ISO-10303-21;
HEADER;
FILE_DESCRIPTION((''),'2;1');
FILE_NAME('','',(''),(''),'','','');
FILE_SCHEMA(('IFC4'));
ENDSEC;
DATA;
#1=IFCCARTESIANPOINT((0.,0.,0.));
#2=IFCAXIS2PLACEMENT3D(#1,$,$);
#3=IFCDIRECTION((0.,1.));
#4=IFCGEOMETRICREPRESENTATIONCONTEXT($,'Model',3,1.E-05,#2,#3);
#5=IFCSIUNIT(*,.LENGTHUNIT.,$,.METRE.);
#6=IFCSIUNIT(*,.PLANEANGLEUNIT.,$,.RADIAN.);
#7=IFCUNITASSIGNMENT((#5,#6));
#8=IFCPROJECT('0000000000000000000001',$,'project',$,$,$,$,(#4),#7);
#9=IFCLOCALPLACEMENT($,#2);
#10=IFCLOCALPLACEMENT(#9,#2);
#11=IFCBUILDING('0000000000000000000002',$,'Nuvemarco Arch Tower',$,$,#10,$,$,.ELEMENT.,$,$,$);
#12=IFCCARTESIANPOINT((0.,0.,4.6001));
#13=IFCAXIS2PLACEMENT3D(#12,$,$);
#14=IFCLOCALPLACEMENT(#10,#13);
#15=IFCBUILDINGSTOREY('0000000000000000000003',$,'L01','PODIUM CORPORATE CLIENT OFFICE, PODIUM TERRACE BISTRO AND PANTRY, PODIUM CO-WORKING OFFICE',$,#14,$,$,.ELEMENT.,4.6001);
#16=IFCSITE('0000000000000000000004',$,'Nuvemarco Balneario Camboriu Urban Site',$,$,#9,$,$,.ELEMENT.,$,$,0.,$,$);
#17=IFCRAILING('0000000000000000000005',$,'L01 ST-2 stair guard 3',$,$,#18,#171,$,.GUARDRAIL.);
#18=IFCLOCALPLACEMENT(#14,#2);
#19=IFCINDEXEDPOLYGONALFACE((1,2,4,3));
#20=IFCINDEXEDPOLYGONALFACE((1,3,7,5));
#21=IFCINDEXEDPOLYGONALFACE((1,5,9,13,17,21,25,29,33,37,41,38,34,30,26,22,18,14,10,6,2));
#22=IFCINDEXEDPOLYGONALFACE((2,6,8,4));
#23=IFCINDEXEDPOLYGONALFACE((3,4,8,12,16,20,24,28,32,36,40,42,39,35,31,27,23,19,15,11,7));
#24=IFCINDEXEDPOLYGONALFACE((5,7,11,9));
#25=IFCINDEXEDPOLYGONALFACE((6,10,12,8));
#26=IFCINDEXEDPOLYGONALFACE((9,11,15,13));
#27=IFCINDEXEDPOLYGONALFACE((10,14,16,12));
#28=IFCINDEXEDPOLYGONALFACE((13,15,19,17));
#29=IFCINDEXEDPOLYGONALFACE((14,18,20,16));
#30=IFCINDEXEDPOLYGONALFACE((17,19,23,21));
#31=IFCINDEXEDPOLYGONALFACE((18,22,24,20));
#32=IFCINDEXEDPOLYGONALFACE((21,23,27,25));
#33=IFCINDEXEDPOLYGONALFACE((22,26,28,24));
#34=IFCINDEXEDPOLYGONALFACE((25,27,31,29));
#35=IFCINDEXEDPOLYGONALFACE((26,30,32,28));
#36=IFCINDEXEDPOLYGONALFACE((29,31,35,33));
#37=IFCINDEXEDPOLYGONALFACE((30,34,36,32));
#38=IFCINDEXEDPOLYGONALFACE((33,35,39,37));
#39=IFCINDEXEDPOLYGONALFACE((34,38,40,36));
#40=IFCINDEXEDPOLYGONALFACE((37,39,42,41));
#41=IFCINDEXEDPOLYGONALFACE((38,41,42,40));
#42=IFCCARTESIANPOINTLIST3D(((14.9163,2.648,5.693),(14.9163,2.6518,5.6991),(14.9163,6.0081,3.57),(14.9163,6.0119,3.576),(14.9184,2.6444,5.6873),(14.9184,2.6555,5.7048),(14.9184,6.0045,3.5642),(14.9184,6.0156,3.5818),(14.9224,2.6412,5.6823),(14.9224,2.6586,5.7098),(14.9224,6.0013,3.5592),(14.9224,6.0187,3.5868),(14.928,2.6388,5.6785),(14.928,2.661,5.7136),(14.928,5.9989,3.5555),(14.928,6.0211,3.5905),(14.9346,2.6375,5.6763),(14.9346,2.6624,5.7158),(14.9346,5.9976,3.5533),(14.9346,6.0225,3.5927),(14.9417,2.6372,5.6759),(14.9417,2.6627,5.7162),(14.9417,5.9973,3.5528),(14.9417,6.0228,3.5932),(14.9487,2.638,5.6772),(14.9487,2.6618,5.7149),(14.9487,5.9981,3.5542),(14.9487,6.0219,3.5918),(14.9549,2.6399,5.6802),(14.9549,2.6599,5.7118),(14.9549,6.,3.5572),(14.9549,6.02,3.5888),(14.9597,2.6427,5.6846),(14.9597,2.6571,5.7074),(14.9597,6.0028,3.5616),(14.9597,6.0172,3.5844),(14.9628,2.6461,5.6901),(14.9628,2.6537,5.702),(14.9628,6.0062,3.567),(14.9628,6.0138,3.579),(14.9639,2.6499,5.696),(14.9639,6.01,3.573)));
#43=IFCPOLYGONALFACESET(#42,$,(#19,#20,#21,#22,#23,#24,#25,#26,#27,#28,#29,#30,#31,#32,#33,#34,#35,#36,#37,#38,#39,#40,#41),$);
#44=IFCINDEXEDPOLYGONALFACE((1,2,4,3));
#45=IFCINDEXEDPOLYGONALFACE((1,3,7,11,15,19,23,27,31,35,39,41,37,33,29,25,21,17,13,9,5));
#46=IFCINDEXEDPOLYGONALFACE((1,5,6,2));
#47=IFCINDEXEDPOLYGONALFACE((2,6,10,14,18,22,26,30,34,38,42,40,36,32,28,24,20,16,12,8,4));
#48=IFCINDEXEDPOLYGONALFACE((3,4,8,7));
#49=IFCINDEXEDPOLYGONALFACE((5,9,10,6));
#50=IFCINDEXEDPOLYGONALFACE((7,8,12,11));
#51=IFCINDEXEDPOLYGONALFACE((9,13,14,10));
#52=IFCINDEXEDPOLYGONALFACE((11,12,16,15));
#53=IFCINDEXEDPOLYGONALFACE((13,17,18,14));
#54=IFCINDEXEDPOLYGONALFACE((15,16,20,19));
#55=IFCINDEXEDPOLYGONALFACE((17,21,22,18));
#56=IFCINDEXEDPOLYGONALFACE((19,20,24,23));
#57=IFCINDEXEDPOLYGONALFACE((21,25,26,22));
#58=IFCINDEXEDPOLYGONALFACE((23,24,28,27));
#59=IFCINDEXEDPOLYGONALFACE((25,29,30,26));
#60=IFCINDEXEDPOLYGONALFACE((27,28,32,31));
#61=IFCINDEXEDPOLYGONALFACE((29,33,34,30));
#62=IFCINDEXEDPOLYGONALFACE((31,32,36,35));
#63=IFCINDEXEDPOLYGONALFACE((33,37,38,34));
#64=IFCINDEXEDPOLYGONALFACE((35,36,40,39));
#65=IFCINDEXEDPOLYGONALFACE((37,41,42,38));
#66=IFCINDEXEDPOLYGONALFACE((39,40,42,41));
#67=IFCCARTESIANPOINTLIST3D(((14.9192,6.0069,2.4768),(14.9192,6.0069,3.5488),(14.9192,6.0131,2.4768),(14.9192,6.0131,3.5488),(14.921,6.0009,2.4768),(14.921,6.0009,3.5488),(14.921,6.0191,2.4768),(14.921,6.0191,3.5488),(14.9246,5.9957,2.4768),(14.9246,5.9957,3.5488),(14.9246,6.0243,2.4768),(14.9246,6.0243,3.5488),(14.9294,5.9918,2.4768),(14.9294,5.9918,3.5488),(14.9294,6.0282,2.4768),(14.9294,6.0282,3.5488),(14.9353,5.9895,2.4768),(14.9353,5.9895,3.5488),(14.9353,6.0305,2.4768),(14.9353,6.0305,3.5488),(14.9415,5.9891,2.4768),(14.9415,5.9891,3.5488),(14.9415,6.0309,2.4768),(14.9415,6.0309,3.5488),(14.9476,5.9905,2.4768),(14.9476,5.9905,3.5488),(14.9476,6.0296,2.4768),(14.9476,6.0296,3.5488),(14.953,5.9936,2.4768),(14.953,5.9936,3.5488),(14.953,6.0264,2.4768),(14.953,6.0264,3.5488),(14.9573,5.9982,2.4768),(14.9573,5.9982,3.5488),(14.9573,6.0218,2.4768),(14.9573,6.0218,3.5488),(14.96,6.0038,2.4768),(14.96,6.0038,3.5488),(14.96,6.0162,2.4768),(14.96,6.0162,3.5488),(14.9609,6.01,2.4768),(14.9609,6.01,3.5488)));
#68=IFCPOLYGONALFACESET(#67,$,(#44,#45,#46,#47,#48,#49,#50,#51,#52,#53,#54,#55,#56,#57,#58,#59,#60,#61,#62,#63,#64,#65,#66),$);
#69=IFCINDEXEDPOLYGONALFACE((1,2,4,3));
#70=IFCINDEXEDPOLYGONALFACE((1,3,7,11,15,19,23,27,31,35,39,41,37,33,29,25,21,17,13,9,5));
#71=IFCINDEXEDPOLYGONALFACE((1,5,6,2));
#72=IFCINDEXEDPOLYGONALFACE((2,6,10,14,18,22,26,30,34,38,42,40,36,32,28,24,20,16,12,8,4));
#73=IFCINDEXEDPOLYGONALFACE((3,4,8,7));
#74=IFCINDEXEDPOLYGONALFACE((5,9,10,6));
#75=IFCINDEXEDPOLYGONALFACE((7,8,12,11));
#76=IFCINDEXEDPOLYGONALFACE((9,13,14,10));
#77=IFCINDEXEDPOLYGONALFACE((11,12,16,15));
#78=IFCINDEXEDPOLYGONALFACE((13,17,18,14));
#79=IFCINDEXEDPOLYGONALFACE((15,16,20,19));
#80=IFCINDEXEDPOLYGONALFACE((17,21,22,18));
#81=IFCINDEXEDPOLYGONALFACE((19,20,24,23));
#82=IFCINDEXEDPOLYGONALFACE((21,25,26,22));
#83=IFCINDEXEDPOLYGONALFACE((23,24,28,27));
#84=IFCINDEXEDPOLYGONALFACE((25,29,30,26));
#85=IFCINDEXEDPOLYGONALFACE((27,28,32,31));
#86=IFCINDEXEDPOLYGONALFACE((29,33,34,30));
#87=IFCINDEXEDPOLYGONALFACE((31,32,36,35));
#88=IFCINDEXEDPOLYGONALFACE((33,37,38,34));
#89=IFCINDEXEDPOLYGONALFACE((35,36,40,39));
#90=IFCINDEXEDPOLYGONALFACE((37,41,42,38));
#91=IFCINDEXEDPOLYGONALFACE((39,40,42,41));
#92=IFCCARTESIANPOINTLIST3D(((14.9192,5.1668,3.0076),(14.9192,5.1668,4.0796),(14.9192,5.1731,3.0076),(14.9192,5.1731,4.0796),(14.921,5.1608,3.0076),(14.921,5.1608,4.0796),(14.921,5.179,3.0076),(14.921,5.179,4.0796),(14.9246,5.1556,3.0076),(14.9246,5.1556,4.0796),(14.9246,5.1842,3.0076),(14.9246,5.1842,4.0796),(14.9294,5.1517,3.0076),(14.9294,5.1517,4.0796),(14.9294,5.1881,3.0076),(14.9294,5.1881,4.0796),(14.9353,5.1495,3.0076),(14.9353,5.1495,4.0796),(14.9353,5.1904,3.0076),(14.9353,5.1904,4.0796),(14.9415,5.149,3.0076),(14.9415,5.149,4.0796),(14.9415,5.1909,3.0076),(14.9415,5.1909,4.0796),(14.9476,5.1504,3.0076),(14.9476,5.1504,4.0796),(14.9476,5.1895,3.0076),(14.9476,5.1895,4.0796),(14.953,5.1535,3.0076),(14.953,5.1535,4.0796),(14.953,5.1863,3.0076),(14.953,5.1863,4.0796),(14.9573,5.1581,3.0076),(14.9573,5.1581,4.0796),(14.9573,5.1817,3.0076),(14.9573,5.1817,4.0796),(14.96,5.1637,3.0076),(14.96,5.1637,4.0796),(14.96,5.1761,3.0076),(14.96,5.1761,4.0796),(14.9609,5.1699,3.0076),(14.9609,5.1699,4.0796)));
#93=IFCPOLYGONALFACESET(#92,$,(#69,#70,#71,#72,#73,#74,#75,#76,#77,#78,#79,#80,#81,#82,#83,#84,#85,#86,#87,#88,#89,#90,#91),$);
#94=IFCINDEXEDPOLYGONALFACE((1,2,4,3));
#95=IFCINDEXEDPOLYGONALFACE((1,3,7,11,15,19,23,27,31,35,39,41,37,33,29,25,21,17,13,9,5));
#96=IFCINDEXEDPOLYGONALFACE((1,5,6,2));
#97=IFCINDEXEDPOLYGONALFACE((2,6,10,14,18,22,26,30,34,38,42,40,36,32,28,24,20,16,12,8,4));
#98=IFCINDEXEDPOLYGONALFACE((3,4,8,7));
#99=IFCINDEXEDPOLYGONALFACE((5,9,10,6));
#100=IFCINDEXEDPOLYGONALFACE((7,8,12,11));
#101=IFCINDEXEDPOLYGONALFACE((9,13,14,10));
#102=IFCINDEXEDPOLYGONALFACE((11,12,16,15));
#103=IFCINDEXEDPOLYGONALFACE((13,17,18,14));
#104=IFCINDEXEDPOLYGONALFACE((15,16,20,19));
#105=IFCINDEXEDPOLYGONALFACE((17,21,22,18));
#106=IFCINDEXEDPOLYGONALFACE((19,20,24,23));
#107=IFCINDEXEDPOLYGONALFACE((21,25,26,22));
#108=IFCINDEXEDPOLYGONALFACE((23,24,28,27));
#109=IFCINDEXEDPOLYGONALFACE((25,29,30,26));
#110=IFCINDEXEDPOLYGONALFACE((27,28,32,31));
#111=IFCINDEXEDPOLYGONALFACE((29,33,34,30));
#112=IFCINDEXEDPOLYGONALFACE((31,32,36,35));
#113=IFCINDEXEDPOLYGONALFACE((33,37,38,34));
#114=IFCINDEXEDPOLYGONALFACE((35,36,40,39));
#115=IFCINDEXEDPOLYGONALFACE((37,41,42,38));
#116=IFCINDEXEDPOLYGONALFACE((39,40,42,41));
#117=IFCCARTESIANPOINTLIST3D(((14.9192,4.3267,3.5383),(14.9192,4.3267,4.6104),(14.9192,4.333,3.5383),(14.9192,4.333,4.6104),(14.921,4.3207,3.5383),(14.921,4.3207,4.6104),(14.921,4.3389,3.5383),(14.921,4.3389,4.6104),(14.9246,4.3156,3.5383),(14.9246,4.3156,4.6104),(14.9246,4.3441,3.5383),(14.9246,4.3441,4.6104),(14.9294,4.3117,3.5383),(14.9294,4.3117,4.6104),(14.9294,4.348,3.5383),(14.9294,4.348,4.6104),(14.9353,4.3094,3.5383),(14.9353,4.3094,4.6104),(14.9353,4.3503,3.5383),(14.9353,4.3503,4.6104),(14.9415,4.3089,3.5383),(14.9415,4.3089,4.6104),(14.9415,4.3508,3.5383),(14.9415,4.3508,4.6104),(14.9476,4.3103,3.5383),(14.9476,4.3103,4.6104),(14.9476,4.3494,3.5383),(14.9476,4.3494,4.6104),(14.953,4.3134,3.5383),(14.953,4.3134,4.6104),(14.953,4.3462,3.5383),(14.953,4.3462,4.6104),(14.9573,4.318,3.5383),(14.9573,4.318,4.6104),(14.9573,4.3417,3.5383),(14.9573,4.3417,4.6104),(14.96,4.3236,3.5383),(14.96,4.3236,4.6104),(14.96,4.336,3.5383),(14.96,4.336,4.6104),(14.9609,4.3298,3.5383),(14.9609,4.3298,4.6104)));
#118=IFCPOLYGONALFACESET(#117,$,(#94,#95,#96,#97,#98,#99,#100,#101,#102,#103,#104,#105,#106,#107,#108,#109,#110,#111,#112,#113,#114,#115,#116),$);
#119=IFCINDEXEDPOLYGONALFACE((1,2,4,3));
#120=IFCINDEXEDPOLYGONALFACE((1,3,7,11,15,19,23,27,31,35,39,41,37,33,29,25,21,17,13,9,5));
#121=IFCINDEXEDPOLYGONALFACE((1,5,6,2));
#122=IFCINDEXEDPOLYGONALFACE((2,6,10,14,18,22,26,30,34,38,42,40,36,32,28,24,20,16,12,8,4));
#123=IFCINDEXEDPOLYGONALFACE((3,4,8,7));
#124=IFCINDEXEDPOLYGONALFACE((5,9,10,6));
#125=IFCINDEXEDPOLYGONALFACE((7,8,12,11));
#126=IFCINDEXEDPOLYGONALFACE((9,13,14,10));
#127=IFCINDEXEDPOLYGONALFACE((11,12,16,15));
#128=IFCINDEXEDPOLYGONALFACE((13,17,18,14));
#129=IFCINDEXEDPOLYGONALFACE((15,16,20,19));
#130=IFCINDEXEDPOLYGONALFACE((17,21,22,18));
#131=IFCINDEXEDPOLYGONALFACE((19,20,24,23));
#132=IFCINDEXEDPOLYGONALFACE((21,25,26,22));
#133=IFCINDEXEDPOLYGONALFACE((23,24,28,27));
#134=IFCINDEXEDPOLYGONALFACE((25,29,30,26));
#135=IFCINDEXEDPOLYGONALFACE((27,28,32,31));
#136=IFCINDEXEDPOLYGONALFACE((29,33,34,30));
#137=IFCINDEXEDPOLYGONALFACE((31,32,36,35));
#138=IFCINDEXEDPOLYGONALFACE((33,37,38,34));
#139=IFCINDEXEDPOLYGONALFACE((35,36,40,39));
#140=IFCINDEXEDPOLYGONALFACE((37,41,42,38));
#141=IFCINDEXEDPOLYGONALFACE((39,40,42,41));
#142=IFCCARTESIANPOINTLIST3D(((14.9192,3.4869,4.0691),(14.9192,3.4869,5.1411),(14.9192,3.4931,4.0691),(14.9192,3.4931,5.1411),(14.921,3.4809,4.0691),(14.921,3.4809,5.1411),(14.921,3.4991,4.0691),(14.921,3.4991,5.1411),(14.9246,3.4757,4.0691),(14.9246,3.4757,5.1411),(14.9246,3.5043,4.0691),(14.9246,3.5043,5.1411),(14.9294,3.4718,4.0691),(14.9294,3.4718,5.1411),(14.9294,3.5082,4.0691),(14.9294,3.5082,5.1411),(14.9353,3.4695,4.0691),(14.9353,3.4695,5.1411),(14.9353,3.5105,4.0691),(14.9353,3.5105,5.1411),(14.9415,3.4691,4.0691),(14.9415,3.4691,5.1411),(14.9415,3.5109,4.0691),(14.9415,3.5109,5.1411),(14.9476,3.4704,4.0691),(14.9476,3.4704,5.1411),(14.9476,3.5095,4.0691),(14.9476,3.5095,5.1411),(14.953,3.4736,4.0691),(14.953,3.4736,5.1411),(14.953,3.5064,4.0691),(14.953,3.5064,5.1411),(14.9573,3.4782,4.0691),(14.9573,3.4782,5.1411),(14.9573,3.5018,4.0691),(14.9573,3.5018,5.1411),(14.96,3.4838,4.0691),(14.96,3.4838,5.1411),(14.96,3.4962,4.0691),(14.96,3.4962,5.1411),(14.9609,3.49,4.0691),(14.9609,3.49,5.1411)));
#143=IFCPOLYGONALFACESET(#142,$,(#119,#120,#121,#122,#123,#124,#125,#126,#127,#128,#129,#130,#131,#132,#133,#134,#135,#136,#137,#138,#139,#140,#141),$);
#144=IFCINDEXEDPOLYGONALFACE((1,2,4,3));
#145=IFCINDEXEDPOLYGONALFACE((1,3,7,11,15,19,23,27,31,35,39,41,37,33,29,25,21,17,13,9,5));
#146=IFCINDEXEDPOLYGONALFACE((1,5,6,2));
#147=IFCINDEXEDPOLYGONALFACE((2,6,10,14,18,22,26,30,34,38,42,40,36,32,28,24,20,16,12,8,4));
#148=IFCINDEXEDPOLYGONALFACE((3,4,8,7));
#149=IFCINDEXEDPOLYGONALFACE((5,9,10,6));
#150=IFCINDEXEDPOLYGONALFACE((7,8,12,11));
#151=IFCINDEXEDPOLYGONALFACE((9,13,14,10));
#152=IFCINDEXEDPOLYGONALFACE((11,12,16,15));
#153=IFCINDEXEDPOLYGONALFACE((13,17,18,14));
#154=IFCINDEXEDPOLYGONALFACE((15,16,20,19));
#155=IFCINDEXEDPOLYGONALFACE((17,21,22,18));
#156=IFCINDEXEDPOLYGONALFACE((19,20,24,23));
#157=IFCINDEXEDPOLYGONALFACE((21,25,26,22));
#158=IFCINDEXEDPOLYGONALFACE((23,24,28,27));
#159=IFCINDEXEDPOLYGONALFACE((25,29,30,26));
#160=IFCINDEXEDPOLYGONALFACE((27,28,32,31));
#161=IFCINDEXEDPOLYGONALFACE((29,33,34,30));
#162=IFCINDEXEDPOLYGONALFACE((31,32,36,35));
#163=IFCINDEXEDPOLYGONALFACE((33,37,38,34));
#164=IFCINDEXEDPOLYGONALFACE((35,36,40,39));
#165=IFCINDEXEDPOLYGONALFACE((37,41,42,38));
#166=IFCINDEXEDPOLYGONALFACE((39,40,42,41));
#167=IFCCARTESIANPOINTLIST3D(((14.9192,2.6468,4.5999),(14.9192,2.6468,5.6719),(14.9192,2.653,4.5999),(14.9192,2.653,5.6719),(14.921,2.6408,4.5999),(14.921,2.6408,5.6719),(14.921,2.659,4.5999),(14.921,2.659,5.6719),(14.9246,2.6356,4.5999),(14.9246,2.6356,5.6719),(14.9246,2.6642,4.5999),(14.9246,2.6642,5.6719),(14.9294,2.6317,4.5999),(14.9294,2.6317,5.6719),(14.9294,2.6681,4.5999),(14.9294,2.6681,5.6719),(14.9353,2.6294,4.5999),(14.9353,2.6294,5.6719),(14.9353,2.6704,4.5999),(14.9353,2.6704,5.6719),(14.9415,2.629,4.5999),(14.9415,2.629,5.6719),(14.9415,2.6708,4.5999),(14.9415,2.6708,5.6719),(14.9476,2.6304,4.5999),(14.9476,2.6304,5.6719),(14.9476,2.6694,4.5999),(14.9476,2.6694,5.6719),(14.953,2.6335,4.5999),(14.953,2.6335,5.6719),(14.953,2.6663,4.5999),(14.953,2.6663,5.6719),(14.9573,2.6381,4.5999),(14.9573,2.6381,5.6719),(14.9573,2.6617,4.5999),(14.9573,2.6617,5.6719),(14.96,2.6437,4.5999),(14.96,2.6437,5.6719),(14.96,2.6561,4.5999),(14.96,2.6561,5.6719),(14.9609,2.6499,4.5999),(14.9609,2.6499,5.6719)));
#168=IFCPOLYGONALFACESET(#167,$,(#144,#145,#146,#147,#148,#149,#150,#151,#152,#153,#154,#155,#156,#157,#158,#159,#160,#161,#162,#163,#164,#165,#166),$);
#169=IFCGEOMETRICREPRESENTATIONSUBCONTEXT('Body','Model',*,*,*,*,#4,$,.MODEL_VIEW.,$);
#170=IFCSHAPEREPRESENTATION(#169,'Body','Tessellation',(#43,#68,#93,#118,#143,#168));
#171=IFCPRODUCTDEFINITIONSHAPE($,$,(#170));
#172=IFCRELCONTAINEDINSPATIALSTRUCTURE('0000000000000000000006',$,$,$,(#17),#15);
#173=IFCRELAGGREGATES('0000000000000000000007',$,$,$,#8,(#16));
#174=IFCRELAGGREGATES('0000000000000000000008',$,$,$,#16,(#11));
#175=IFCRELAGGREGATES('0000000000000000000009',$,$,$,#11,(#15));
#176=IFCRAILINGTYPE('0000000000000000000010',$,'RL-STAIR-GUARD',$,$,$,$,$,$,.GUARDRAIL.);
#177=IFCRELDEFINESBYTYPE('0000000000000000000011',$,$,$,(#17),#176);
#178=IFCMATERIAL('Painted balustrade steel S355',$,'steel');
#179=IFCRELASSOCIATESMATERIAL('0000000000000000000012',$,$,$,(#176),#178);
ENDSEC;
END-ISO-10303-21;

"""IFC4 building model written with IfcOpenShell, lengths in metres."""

from ifc_helpers import new_model, si_unit, direction, frame, origin, origin_2d, place, context, subcontext, project, spatial, circle, extrude, material, type_object, element, save


model = new_model("IFC4")

# Units and contexts
model_context = context("Model", 3, precision=1e-05, world=origin(), true_north=direction((0.0, 1.0)))
body_context = subcontext(model_context, "Body", "Model", "MODEL_VIEW")
ifc_project = project(units=[si_unit("LENGTHUNIT", "METRE"), si_unit("PLANEANGLEUNIT", "RADIAN")], contexts=[model_context])

# Site, building, storey
site_placement = place(None, origin())
site = spatial("IfcSite", under=ifc_project, at=site_placement, Name="Nuvemarco Balneario Camboriu Urban Site", CompositionType="ELEMENT", RefElevation=0.0)
building_placement = place(site_placement, origin())
building = spatial("IfcBuilding", under=site, at=building_placement, Name="Nuvemarco Arch Tower", CompositionType="ELEMENT")
storey_placement = place(building_placement, frame((0.0, 0.0, 4.6001)))
storey = spatial("IfcBuildingStorey", under=building, at=storey_placement, Name="L01", Description="PODIUM CORPORATE CLIENT OFFICE, PODIUM TERRACE BISTRO AND PANTRY, PODIUM CO-WORKING OFFICE", CompositionType="ELEMENT", Elevation=4.6001)

# Railing
ifc_material_1 = material(Name="Painted balustrade steel S355", Category="steel")
railing_type_1 = type_object("IfcRailingType", Name="RL-STAIR-GUARD", PredefinedType="GUARDRAIL", material=ifc_material_1)
railing_1_placement = place(storey_placement, frame((14.9399, 6.01, 2.4768)))
element("IfcRailing", 1, at=railing_1_placement, inside=storey, type_object=railing_type_1, Name="L01 ST-2 stair guard 3", PredefinedType="GUARDRAIL", context=body_context, shape_type="SweptSolid", body=[
    extrude(circle(Radius=0.0239, at=origin_2d()), frame((0.0, 0.0, 1.0962), z_axis=(0.0, -0.84539, 0.53415), x_axis=(1.0, 0.0, 0.0)), (0.0, 0.0, 1.0), 3.9746),
    extrude(circle(Radius=0.021, at=origin_2d()), origin(), (0.0, 0.0, 1.0), 1.072),
    extrude(circle(Radius=0.021, at=origin_2d()), frame((0.0, -0.8401, 0.5308)), (0.0, 0.0, 1.0), 1.072),
    extrude(circle(Radius=0.021, at=origin_2d()), frame((0.0, -1.6802, 1.0615)), (0.0, 0.0, 1.0), 1.072),
    extrude(circle(Radius=0.021, at=origin_2d()), frame((0.0, -2.52, 1.5923)), (0.0, 0.0, 1.0), 1.072),
    extrude(circle(Radius=0.021, at=origin_2d()), frame((0.0, -3.3601, 2.123)), (0.0, 0.0, 1.0), 1.072),
])

save(model, "model.ifc")
